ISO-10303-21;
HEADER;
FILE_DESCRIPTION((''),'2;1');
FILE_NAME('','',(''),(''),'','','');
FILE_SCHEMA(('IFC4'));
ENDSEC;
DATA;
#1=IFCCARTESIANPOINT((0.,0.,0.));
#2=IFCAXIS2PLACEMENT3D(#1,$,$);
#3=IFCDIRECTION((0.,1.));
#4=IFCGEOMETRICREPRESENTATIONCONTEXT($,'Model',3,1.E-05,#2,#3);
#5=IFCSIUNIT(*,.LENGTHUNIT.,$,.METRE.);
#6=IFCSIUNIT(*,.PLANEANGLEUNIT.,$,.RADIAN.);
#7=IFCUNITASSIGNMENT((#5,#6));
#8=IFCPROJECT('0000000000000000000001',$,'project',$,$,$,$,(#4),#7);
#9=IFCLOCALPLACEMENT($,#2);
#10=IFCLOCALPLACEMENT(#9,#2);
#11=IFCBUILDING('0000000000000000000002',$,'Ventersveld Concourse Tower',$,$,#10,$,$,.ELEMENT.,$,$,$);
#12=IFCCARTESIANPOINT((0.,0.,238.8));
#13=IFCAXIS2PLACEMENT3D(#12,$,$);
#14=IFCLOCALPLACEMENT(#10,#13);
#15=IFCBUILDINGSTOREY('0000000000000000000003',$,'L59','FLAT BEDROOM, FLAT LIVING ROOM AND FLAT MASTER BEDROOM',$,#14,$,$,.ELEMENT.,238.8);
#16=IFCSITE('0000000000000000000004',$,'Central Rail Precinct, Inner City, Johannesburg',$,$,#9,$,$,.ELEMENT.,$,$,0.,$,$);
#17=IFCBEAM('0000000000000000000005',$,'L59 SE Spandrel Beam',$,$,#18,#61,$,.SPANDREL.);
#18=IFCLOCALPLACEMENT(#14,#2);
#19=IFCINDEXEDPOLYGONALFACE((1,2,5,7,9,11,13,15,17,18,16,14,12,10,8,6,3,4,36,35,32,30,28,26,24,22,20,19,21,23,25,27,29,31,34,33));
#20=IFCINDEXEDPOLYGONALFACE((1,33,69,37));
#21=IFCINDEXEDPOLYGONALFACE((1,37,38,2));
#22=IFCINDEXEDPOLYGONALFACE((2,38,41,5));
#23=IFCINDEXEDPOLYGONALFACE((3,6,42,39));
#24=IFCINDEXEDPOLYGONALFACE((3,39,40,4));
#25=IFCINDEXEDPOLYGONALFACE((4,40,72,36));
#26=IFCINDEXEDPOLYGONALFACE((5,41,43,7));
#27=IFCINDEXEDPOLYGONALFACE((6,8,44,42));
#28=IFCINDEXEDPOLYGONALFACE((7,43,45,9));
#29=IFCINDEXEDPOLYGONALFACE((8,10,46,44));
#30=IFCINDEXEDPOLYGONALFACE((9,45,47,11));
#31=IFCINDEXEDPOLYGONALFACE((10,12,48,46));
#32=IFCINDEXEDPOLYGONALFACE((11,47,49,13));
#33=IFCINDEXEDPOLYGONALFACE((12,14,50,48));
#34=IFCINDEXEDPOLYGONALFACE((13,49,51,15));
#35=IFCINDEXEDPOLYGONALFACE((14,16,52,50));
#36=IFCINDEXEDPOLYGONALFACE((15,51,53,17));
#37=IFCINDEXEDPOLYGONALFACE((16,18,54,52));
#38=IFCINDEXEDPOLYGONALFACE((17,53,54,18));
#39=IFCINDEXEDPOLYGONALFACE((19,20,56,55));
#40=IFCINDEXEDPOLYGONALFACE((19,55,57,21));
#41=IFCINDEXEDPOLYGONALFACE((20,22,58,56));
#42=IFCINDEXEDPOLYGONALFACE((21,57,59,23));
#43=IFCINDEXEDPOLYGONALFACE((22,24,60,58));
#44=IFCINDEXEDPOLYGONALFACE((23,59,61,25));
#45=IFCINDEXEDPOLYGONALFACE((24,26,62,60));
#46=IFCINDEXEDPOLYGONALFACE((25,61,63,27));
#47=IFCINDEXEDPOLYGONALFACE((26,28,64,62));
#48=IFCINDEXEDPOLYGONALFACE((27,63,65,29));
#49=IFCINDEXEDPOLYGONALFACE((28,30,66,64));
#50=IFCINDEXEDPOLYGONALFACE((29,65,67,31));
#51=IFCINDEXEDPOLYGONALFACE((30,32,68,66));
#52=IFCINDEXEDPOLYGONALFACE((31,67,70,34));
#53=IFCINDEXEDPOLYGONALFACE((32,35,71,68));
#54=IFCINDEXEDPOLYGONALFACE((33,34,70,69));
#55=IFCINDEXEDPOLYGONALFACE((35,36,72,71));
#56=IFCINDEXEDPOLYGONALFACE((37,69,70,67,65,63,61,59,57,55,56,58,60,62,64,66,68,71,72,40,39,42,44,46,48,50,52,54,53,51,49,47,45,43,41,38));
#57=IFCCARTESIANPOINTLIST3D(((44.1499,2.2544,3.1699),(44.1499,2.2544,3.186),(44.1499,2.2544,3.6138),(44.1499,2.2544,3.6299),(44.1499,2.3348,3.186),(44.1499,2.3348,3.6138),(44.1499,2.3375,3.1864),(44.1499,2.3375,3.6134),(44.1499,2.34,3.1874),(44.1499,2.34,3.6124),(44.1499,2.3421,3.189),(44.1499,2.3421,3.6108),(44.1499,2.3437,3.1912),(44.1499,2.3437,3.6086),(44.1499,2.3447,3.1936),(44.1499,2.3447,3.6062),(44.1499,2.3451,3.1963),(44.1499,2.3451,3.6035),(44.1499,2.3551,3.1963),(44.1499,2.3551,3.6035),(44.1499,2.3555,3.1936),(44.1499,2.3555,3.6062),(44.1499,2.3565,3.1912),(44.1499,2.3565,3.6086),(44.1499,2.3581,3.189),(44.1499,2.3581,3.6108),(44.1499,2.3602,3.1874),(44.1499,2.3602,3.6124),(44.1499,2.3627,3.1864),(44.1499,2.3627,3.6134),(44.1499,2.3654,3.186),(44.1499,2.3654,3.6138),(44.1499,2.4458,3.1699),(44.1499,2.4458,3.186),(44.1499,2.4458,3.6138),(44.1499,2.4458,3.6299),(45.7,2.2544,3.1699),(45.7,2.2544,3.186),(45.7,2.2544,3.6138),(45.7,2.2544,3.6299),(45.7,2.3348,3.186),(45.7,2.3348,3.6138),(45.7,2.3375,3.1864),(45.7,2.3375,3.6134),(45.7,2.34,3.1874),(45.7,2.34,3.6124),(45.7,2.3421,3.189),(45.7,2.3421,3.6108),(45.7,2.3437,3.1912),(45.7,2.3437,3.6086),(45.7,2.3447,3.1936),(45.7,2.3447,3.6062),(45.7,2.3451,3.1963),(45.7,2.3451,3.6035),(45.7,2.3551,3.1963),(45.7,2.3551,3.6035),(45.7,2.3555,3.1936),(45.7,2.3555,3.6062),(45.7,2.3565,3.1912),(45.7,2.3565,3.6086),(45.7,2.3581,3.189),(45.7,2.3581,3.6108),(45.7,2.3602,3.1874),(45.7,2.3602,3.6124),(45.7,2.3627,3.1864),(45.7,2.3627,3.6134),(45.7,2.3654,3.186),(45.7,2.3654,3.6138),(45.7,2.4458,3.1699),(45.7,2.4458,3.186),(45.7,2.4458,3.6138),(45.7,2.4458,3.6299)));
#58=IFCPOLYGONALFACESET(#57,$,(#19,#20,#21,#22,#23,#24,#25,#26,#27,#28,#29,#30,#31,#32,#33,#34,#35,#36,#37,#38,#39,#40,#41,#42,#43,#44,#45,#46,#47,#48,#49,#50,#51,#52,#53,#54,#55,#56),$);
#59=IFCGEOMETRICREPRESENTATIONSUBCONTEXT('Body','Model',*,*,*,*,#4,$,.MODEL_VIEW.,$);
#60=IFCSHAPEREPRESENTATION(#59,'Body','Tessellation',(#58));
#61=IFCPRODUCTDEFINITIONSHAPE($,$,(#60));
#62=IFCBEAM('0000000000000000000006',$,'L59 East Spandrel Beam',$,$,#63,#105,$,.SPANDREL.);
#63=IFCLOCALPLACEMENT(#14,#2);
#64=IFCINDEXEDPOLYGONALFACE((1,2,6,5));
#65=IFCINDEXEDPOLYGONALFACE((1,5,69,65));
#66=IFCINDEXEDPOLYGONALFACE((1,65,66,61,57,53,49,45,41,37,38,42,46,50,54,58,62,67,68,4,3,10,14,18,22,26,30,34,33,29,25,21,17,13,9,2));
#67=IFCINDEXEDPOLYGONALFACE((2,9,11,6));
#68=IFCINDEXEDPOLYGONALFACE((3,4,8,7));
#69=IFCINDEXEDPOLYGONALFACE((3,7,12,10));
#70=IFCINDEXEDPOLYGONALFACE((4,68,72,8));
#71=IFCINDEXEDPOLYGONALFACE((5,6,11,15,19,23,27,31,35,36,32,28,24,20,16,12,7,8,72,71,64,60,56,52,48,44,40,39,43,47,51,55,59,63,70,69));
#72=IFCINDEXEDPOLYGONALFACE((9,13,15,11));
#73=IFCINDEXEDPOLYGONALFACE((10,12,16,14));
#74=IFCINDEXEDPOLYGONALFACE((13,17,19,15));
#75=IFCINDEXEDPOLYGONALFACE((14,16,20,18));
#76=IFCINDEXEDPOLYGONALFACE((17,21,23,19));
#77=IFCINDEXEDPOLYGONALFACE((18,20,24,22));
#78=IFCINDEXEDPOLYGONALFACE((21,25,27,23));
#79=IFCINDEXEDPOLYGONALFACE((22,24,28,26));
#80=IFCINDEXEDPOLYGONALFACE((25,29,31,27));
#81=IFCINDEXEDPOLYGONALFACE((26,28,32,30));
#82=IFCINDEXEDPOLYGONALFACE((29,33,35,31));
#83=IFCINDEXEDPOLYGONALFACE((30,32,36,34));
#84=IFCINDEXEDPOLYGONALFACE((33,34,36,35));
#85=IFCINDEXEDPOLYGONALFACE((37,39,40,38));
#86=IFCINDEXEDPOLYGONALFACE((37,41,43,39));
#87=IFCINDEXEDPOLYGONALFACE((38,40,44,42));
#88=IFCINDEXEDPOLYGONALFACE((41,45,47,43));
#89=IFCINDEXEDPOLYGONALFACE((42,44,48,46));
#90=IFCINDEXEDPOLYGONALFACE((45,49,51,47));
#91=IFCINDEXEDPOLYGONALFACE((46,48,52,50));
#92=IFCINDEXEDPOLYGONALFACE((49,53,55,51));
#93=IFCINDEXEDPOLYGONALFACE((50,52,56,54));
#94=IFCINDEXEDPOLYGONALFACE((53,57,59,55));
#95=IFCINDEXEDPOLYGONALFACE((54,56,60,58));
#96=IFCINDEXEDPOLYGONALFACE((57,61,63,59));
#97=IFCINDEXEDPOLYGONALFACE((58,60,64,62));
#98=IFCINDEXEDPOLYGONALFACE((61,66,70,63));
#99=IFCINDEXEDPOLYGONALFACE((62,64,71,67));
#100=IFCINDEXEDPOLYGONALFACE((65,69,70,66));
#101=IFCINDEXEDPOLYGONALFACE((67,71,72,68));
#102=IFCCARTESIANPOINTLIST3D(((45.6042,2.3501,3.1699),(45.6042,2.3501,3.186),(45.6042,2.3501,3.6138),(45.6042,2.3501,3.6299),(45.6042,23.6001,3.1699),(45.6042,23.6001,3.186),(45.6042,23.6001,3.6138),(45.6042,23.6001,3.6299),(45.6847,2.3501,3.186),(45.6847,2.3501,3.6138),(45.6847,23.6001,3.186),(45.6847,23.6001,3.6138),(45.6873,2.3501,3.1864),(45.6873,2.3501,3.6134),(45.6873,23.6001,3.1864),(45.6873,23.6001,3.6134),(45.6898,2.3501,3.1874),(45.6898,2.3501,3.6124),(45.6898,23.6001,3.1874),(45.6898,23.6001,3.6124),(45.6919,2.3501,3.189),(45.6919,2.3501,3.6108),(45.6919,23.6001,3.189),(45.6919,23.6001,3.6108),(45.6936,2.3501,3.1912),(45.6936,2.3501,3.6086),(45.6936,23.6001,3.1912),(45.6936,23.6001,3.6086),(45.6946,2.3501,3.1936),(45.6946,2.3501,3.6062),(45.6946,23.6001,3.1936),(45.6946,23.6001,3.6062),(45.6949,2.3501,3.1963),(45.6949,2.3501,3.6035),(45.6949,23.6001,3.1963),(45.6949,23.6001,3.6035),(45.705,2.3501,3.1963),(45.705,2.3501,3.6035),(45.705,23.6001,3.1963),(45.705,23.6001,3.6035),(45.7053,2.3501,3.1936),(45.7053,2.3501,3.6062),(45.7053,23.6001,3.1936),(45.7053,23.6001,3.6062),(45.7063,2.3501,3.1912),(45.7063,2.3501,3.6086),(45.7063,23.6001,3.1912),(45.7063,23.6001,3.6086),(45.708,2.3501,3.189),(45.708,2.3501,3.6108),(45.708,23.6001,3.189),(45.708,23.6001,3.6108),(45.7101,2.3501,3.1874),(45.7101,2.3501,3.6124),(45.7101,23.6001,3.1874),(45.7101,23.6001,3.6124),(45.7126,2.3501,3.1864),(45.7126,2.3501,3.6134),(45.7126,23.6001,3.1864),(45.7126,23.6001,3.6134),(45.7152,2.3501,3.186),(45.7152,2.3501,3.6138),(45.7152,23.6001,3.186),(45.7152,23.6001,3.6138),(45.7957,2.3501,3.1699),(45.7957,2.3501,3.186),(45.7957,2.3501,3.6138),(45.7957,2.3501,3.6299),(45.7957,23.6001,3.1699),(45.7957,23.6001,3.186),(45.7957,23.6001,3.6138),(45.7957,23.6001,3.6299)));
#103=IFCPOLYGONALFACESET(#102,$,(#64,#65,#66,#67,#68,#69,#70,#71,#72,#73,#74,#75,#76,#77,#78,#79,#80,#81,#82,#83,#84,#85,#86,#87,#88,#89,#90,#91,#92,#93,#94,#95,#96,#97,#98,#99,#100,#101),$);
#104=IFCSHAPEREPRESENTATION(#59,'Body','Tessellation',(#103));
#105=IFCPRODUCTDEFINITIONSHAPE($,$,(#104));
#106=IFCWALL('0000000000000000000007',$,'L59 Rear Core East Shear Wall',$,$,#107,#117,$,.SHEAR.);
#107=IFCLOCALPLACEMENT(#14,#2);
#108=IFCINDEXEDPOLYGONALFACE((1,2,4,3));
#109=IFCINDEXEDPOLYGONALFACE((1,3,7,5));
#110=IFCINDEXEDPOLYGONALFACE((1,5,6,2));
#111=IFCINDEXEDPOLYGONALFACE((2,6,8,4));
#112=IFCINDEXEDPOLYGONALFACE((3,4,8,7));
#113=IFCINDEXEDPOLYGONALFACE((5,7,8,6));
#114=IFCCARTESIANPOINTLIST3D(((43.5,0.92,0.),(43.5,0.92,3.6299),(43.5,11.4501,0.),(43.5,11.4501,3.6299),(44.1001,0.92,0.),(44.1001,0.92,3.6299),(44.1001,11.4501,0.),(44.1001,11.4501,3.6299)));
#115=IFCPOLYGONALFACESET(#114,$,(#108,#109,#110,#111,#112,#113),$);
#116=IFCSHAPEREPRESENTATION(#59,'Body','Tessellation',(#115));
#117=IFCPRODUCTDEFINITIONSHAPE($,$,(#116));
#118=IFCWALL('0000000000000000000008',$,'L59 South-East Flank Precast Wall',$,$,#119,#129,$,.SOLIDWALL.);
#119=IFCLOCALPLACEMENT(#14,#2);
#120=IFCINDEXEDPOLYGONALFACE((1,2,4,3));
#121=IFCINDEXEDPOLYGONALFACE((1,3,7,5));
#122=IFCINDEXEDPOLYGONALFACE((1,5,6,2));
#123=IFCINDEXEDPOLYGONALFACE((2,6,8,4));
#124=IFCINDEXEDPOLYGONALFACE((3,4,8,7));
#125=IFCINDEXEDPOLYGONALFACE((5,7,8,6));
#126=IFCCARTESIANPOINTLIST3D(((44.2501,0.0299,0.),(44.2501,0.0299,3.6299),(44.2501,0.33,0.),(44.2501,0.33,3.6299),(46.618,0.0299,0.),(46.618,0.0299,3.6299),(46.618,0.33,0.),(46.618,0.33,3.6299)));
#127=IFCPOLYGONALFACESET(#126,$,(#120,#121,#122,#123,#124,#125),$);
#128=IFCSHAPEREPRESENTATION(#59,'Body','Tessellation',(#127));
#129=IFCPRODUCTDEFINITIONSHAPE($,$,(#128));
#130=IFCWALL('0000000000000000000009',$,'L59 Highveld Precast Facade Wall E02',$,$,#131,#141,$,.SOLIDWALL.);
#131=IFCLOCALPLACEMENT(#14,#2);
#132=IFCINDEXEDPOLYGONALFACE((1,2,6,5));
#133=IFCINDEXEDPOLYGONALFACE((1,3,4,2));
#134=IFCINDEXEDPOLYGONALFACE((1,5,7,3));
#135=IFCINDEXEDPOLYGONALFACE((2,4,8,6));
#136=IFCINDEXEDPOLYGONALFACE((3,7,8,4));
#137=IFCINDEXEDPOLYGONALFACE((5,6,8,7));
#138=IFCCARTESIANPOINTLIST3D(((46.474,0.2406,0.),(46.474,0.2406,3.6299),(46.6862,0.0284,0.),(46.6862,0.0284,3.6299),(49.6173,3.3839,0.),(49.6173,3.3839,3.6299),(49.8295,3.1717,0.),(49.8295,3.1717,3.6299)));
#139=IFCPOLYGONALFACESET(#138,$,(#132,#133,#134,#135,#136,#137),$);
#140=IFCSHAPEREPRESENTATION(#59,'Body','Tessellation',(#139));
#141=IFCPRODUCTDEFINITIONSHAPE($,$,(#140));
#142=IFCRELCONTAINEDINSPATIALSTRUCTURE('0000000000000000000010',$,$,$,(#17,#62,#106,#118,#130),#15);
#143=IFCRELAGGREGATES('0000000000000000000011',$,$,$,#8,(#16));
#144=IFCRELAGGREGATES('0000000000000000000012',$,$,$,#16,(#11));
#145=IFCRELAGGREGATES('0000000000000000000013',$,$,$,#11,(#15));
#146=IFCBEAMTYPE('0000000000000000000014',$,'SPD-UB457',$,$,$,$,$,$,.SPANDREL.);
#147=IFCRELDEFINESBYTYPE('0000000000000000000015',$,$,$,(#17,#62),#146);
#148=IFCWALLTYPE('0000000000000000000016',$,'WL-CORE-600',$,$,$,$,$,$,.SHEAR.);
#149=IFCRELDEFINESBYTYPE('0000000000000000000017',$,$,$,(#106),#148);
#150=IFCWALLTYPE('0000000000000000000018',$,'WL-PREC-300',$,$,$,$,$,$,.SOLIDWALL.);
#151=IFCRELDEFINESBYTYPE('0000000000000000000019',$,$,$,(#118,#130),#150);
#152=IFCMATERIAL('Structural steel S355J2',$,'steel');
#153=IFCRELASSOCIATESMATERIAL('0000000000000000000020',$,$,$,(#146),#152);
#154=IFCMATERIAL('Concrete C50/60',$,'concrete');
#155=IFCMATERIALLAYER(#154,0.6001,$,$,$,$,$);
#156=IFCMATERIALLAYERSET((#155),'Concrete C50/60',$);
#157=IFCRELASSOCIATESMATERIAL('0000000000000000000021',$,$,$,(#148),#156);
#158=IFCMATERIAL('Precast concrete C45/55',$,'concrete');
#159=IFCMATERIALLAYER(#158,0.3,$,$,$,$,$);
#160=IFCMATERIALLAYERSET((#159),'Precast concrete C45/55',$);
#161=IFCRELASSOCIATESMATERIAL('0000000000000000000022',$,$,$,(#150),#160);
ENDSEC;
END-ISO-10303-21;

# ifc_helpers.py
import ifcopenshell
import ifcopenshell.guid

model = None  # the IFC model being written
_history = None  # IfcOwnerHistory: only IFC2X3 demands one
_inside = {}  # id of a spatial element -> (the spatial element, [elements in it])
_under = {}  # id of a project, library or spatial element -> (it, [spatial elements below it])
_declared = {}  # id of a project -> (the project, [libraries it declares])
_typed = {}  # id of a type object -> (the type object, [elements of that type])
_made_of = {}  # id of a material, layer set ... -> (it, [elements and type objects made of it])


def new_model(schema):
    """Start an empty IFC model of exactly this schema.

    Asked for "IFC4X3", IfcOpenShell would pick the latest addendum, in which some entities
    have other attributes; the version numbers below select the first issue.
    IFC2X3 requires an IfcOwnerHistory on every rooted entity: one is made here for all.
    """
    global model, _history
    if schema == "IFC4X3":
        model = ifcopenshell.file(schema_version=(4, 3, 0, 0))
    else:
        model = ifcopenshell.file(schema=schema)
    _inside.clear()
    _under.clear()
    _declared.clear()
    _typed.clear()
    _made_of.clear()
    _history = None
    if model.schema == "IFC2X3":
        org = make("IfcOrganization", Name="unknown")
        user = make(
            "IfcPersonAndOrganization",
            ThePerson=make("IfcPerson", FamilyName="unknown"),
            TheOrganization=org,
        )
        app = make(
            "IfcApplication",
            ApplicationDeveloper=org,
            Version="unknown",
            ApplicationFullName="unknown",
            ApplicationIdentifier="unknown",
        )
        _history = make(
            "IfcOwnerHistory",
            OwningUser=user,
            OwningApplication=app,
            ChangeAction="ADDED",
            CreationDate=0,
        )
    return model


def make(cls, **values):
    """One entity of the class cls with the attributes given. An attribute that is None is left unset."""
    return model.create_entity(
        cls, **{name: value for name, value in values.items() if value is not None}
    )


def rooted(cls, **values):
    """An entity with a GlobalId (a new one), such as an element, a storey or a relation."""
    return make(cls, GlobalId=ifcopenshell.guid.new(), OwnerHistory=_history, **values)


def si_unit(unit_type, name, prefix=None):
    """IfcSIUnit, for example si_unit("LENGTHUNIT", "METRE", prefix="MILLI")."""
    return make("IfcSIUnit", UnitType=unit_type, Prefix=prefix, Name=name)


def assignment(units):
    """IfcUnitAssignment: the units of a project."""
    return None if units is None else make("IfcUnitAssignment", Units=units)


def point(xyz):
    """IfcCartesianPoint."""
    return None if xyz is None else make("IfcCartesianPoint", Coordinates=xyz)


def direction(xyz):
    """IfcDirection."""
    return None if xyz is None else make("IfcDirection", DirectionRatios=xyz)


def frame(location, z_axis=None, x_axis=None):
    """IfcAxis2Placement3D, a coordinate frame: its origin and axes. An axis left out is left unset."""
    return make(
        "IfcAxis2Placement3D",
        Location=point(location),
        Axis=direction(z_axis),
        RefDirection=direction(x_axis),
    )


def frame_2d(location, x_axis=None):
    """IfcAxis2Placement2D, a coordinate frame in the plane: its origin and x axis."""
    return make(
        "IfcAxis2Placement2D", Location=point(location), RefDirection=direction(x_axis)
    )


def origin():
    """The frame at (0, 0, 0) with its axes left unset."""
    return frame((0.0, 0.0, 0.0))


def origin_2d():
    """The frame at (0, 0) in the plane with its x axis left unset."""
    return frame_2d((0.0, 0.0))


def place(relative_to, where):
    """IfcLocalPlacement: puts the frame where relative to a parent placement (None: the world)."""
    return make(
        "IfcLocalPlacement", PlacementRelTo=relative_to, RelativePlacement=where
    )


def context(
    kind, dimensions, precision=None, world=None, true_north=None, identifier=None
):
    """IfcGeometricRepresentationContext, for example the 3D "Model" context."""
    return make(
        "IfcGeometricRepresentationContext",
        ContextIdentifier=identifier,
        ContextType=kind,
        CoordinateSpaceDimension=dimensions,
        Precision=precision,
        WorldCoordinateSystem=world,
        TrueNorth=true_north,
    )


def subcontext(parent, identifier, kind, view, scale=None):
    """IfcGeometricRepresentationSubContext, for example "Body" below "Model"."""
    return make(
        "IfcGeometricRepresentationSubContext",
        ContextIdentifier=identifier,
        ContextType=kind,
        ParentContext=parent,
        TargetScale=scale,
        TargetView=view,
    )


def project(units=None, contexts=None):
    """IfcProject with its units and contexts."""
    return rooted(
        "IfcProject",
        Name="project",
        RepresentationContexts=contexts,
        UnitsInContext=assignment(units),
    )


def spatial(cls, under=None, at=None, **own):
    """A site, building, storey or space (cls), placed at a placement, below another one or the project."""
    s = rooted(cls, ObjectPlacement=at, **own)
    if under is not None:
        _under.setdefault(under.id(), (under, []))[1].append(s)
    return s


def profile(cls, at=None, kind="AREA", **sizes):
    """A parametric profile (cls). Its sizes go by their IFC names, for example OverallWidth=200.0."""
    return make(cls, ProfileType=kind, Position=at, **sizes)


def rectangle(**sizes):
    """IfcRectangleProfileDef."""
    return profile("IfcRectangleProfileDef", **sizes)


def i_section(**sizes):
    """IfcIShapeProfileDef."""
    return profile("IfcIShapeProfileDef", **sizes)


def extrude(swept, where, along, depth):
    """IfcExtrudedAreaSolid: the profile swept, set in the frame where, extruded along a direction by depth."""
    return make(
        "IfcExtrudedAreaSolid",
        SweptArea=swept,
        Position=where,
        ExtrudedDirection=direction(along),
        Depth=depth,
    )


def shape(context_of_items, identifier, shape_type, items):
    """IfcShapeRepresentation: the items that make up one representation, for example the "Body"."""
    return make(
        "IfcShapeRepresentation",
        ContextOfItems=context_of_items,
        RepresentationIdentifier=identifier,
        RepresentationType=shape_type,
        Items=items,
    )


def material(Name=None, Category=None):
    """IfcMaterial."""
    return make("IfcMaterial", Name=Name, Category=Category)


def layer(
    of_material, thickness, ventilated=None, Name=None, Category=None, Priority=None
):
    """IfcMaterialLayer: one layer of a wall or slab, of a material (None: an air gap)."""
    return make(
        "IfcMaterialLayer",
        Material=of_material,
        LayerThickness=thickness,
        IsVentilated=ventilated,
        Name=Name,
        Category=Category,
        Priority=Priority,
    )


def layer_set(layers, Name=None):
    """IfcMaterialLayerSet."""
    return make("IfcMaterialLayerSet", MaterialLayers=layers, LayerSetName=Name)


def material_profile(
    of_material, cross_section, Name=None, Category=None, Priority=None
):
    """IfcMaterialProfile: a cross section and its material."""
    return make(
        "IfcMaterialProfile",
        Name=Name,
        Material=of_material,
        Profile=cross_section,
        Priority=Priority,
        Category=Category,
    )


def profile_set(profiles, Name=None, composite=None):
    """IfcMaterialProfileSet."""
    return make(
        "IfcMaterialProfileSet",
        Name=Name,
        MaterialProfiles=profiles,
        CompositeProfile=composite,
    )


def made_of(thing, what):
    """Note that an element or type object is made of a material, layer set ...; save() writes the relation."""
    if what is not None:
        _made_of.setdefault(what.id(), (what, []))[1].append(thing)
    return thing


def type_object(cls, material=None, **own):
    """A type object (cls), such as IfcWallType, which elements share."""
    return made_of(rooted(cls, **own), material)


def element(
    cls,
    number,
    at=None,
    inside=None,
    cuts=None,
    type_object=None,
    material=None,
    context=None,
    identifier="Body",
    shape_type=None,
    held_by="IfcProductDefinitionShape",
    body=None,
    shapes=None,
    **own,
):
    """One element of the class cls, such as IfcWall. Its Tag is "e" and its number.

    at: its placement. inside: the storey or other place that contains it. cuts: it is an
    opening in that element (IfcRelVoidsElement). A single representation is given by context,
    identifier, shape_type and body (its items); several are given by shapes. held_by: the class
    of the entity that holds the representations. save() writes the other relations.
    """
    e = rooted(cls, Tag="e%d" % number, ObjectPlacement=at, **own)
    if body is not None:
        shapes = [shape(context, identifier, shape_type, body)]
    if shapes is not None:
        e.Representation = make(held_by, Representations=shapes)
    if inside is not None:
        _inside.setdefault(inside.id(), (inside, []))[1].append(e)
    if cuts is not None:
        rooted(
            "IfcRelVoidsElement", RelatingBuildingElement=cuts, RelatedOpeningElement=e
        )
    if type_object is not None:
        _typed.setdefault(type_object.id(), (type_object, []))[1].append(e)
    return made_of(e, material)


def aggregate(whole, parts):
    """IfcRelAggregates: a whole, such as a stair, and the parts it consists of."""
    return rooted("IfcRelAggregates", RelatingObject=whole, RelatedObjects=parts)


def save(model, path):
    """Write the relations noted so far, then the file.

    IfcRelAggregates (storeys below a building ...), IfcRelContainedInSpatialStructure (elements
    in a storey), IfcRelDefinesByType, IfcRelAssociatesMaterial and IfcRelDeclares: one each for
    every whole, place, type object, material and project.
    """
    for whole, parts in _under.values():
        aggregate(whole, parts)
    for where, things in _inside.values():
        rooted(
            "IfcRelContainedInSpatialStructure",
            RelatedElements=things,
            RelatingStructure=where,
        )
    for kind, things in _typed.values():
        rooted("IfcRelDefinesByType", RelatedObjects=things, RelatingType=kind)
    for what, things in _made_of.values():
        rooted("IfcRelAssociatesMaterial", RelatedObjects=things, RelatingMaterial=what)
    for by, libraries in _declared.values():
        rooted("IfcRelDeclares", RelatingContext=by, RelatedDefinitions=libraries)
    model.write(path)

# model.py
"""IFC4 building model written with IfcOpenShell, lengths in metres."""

from ifc_helpers import new_model, si_unit, direction, frame, frame_2d, origin, origin_2d, place, context, subcontext, project, spatial, rectangle, i_section, extrude, material, layer, layer_set, material_profile, profile_set, type_object, element, save


model = new_model("IFC4")

# Units and contexts
model_context = context("Model", 3, precision=1e-05, world=origin(), true_north=direction((0.0, 1.0)))
body_context = subcontext(model_context, "Body", "Model", "MODEL_VIEW")
ifc_project = project(units=[si_unit("LENGTHUNIT", "METRE"), si_unit("PLANEANGLEUNIT", "RADIAN")], contexts=[model_context])

# Site, building, storey
site_placement = place(None, origin())
site = spatial("IfcSite", under=ifc_project, at=site_placement, Name="Central Rail Precinct, Inner City, Johannesburg", CompositionType="ELEMENT", RefElevation=0.0)
building_placement = place(site_placement, origin())
building = spatial("IfcBuilding", under=site, at=building_placement, Name="Ventersveld Concourse Tower", CompositionType="ELEMENT")
storey_placement = place(building_placement, frame((0.0, 0.0, 238.8)))
storey = spatial("IfcBuildingStorey", under=building, at=storey_placement, Name="L59", Description="FLAT BEDROOM, FLAT LIVING ROOM AND FLAT MASTER BEDROOM", CompositionType="ELEMENT", Elevation=238.8)

# Shared definitions
ifc_material_1 = material(Name="Concrete C50/60", Category="concrete")

# Shared definitions
ifc_material_2 = material(Name="Structural steel S355J2", Category="steel")

# Beams
ifc_material_profile_1 = material_profile(ifc_material_2, i_section(OverallWidth=0.1914, OverallDepth=0.46, WebThickness=0.01, FlangeThickness=0.0161, FilletRadius=0.0103, at=origin_2d()), Name="UB 457x191x82")
ifc_profile_set_1 = profile_set([ifc_material_profile_1], Name="Structural steel S355J2")
beam_type_1 = type_object("IfcBeamType", Name="SPD-UB457", PredefinedType="SPANDREL", material=ifc_profile_set_1)
beam_1_placement = place(storey_placement, frame((44.1499, 2.3501, 3.3999), z_axis=(1.0, 0.0, 0.0), x_axis=(0.0, 1.0, 0.0)))
element("IfcBeam", 1, at=beam_1_placement, inside=storey, type_object=beam_type_1, Name="L59 SE Spandrel Beam", PredefinedType="SPANDREL", context=body_context, shape_type="SweptSolid", body=[
    extrude(i_section(OverallWidth=0.1914, OverallDepth=0.46, WebThickness=0.01, FlangeThickness=0.0161, FilletRadius=0.0103, at=origin_2d()), origin(), (0.0, 0.0, 1.0), 1.55),
])
beam_2_placement = place(storey_placement, frame((45.7, 2.3501, 3.3999), z_axis=(0.0, 1.0, 0.0), x_axis=(-1.0, 0.0, 0.0)))
element("IfcBeam", 2, at=beam_2_placement, inside=storey, type_object=beam_type_1, Name="L59 East Spandrel Beam", PredefinedType="SPANDREL", context=body_context, shape_type="SweptSolid", body=[
    extrude(i_section(OverallWidth=0.1914, OverallDepth=0.46, WebThickness=0.01, FlangeThickness=0.0161, FilletRadius=0.0103, at=origin_2d()), origin(), (0.0, 0.0, 1.0), 21.25),
])

# Walls
ifc_layer_1 = layer(ifc_material_1, 0.6001)
ifc_layer_set_1 = layer_set([ifc_layer_1], Name="Concrete C50/60")
wall_type_1 = type_object("IfcWallType", Name="WL-CORE-600", PredefinedType="SHEAR", material=ifc_layer_set_1)
wall_1_placement = place(storey_placement, frame((43.8, 0.9199, 0.0), z_axis=(0.0, 0.0, 1.0), x_axis=(0.0, 1.0, 0.0)))
element("IfcWall", 3, at=wall_1_placement, inside=storey, type_object=wall_type_1, Name="L59 Rear Core East Shear Wall", PredefinedType="SHEAR", context=body_context, shape_type="SweptSolid", body=[
    extrude(rectangle(XDim=10.53, YDim=0.6001, at=frame_2d((5.2651, 0.0))), origin(), (0.0, 0.0, 1.0), 3.6299),
])
ifc_material_3 = material(Name="Precast concrete C45/55", Category="concrete")
ifc_layer_2 = layer(ifc_material_3, 0.3)
ifc_layer_set_2 = layer_set([ifc_layer_2], Name="Precast concrete C45/55")
wall_type_2 = type_object("IfcWallType", Name="WL-PREC-300", PredefinedType="SOLIDWALL", material=ifc_layer_set_2)
wall_2_placement = place(storey_placement, frame((44.25, 0.1799, 0.0), z_axis=(0.0, 0.0, 1.0), x_axis=(1.0, 0.0, 0.0)))
element("IfcWall", 4, at=wall_2_placement, inside=storey, type_object=wall_type_2, Name="L59 South-East Flank Precast Wall", PredefinedType="SOLIDWALL", context=body_context, shape_type="SweptSolid", body=[
    extrude(rectangle(XDim=2.3679, YDim=0.3, at=frame_2d((1.1841, 0.0))), origin(), (0.0, 0.0, 1.0), 3.6299),
])
wall_3_placement = place(storey_placement, frame((46.5801, 0.1345, 0.0), z_axis=(0.0, 0.0, 1.0), x_axis=(0.707107, 0.707107, 0.0)))
element("IfcWall", 5, at=wall_3_placement, inside=storey, type_object=wall_type_2, Name="L59 Highveld Precast Facade Wall E02", PredefinedType="SOLIDWALL", context=body_context, shape_type="SweptSolid", body=[
    extrude(rectangle(XDim=4.4453, YDim=0.3, at=frame_2d((2.2227, 0.0))), origin(), (0.0, 0.0, 1.0), 3.6299),
])

save(model, "model.ifc")
